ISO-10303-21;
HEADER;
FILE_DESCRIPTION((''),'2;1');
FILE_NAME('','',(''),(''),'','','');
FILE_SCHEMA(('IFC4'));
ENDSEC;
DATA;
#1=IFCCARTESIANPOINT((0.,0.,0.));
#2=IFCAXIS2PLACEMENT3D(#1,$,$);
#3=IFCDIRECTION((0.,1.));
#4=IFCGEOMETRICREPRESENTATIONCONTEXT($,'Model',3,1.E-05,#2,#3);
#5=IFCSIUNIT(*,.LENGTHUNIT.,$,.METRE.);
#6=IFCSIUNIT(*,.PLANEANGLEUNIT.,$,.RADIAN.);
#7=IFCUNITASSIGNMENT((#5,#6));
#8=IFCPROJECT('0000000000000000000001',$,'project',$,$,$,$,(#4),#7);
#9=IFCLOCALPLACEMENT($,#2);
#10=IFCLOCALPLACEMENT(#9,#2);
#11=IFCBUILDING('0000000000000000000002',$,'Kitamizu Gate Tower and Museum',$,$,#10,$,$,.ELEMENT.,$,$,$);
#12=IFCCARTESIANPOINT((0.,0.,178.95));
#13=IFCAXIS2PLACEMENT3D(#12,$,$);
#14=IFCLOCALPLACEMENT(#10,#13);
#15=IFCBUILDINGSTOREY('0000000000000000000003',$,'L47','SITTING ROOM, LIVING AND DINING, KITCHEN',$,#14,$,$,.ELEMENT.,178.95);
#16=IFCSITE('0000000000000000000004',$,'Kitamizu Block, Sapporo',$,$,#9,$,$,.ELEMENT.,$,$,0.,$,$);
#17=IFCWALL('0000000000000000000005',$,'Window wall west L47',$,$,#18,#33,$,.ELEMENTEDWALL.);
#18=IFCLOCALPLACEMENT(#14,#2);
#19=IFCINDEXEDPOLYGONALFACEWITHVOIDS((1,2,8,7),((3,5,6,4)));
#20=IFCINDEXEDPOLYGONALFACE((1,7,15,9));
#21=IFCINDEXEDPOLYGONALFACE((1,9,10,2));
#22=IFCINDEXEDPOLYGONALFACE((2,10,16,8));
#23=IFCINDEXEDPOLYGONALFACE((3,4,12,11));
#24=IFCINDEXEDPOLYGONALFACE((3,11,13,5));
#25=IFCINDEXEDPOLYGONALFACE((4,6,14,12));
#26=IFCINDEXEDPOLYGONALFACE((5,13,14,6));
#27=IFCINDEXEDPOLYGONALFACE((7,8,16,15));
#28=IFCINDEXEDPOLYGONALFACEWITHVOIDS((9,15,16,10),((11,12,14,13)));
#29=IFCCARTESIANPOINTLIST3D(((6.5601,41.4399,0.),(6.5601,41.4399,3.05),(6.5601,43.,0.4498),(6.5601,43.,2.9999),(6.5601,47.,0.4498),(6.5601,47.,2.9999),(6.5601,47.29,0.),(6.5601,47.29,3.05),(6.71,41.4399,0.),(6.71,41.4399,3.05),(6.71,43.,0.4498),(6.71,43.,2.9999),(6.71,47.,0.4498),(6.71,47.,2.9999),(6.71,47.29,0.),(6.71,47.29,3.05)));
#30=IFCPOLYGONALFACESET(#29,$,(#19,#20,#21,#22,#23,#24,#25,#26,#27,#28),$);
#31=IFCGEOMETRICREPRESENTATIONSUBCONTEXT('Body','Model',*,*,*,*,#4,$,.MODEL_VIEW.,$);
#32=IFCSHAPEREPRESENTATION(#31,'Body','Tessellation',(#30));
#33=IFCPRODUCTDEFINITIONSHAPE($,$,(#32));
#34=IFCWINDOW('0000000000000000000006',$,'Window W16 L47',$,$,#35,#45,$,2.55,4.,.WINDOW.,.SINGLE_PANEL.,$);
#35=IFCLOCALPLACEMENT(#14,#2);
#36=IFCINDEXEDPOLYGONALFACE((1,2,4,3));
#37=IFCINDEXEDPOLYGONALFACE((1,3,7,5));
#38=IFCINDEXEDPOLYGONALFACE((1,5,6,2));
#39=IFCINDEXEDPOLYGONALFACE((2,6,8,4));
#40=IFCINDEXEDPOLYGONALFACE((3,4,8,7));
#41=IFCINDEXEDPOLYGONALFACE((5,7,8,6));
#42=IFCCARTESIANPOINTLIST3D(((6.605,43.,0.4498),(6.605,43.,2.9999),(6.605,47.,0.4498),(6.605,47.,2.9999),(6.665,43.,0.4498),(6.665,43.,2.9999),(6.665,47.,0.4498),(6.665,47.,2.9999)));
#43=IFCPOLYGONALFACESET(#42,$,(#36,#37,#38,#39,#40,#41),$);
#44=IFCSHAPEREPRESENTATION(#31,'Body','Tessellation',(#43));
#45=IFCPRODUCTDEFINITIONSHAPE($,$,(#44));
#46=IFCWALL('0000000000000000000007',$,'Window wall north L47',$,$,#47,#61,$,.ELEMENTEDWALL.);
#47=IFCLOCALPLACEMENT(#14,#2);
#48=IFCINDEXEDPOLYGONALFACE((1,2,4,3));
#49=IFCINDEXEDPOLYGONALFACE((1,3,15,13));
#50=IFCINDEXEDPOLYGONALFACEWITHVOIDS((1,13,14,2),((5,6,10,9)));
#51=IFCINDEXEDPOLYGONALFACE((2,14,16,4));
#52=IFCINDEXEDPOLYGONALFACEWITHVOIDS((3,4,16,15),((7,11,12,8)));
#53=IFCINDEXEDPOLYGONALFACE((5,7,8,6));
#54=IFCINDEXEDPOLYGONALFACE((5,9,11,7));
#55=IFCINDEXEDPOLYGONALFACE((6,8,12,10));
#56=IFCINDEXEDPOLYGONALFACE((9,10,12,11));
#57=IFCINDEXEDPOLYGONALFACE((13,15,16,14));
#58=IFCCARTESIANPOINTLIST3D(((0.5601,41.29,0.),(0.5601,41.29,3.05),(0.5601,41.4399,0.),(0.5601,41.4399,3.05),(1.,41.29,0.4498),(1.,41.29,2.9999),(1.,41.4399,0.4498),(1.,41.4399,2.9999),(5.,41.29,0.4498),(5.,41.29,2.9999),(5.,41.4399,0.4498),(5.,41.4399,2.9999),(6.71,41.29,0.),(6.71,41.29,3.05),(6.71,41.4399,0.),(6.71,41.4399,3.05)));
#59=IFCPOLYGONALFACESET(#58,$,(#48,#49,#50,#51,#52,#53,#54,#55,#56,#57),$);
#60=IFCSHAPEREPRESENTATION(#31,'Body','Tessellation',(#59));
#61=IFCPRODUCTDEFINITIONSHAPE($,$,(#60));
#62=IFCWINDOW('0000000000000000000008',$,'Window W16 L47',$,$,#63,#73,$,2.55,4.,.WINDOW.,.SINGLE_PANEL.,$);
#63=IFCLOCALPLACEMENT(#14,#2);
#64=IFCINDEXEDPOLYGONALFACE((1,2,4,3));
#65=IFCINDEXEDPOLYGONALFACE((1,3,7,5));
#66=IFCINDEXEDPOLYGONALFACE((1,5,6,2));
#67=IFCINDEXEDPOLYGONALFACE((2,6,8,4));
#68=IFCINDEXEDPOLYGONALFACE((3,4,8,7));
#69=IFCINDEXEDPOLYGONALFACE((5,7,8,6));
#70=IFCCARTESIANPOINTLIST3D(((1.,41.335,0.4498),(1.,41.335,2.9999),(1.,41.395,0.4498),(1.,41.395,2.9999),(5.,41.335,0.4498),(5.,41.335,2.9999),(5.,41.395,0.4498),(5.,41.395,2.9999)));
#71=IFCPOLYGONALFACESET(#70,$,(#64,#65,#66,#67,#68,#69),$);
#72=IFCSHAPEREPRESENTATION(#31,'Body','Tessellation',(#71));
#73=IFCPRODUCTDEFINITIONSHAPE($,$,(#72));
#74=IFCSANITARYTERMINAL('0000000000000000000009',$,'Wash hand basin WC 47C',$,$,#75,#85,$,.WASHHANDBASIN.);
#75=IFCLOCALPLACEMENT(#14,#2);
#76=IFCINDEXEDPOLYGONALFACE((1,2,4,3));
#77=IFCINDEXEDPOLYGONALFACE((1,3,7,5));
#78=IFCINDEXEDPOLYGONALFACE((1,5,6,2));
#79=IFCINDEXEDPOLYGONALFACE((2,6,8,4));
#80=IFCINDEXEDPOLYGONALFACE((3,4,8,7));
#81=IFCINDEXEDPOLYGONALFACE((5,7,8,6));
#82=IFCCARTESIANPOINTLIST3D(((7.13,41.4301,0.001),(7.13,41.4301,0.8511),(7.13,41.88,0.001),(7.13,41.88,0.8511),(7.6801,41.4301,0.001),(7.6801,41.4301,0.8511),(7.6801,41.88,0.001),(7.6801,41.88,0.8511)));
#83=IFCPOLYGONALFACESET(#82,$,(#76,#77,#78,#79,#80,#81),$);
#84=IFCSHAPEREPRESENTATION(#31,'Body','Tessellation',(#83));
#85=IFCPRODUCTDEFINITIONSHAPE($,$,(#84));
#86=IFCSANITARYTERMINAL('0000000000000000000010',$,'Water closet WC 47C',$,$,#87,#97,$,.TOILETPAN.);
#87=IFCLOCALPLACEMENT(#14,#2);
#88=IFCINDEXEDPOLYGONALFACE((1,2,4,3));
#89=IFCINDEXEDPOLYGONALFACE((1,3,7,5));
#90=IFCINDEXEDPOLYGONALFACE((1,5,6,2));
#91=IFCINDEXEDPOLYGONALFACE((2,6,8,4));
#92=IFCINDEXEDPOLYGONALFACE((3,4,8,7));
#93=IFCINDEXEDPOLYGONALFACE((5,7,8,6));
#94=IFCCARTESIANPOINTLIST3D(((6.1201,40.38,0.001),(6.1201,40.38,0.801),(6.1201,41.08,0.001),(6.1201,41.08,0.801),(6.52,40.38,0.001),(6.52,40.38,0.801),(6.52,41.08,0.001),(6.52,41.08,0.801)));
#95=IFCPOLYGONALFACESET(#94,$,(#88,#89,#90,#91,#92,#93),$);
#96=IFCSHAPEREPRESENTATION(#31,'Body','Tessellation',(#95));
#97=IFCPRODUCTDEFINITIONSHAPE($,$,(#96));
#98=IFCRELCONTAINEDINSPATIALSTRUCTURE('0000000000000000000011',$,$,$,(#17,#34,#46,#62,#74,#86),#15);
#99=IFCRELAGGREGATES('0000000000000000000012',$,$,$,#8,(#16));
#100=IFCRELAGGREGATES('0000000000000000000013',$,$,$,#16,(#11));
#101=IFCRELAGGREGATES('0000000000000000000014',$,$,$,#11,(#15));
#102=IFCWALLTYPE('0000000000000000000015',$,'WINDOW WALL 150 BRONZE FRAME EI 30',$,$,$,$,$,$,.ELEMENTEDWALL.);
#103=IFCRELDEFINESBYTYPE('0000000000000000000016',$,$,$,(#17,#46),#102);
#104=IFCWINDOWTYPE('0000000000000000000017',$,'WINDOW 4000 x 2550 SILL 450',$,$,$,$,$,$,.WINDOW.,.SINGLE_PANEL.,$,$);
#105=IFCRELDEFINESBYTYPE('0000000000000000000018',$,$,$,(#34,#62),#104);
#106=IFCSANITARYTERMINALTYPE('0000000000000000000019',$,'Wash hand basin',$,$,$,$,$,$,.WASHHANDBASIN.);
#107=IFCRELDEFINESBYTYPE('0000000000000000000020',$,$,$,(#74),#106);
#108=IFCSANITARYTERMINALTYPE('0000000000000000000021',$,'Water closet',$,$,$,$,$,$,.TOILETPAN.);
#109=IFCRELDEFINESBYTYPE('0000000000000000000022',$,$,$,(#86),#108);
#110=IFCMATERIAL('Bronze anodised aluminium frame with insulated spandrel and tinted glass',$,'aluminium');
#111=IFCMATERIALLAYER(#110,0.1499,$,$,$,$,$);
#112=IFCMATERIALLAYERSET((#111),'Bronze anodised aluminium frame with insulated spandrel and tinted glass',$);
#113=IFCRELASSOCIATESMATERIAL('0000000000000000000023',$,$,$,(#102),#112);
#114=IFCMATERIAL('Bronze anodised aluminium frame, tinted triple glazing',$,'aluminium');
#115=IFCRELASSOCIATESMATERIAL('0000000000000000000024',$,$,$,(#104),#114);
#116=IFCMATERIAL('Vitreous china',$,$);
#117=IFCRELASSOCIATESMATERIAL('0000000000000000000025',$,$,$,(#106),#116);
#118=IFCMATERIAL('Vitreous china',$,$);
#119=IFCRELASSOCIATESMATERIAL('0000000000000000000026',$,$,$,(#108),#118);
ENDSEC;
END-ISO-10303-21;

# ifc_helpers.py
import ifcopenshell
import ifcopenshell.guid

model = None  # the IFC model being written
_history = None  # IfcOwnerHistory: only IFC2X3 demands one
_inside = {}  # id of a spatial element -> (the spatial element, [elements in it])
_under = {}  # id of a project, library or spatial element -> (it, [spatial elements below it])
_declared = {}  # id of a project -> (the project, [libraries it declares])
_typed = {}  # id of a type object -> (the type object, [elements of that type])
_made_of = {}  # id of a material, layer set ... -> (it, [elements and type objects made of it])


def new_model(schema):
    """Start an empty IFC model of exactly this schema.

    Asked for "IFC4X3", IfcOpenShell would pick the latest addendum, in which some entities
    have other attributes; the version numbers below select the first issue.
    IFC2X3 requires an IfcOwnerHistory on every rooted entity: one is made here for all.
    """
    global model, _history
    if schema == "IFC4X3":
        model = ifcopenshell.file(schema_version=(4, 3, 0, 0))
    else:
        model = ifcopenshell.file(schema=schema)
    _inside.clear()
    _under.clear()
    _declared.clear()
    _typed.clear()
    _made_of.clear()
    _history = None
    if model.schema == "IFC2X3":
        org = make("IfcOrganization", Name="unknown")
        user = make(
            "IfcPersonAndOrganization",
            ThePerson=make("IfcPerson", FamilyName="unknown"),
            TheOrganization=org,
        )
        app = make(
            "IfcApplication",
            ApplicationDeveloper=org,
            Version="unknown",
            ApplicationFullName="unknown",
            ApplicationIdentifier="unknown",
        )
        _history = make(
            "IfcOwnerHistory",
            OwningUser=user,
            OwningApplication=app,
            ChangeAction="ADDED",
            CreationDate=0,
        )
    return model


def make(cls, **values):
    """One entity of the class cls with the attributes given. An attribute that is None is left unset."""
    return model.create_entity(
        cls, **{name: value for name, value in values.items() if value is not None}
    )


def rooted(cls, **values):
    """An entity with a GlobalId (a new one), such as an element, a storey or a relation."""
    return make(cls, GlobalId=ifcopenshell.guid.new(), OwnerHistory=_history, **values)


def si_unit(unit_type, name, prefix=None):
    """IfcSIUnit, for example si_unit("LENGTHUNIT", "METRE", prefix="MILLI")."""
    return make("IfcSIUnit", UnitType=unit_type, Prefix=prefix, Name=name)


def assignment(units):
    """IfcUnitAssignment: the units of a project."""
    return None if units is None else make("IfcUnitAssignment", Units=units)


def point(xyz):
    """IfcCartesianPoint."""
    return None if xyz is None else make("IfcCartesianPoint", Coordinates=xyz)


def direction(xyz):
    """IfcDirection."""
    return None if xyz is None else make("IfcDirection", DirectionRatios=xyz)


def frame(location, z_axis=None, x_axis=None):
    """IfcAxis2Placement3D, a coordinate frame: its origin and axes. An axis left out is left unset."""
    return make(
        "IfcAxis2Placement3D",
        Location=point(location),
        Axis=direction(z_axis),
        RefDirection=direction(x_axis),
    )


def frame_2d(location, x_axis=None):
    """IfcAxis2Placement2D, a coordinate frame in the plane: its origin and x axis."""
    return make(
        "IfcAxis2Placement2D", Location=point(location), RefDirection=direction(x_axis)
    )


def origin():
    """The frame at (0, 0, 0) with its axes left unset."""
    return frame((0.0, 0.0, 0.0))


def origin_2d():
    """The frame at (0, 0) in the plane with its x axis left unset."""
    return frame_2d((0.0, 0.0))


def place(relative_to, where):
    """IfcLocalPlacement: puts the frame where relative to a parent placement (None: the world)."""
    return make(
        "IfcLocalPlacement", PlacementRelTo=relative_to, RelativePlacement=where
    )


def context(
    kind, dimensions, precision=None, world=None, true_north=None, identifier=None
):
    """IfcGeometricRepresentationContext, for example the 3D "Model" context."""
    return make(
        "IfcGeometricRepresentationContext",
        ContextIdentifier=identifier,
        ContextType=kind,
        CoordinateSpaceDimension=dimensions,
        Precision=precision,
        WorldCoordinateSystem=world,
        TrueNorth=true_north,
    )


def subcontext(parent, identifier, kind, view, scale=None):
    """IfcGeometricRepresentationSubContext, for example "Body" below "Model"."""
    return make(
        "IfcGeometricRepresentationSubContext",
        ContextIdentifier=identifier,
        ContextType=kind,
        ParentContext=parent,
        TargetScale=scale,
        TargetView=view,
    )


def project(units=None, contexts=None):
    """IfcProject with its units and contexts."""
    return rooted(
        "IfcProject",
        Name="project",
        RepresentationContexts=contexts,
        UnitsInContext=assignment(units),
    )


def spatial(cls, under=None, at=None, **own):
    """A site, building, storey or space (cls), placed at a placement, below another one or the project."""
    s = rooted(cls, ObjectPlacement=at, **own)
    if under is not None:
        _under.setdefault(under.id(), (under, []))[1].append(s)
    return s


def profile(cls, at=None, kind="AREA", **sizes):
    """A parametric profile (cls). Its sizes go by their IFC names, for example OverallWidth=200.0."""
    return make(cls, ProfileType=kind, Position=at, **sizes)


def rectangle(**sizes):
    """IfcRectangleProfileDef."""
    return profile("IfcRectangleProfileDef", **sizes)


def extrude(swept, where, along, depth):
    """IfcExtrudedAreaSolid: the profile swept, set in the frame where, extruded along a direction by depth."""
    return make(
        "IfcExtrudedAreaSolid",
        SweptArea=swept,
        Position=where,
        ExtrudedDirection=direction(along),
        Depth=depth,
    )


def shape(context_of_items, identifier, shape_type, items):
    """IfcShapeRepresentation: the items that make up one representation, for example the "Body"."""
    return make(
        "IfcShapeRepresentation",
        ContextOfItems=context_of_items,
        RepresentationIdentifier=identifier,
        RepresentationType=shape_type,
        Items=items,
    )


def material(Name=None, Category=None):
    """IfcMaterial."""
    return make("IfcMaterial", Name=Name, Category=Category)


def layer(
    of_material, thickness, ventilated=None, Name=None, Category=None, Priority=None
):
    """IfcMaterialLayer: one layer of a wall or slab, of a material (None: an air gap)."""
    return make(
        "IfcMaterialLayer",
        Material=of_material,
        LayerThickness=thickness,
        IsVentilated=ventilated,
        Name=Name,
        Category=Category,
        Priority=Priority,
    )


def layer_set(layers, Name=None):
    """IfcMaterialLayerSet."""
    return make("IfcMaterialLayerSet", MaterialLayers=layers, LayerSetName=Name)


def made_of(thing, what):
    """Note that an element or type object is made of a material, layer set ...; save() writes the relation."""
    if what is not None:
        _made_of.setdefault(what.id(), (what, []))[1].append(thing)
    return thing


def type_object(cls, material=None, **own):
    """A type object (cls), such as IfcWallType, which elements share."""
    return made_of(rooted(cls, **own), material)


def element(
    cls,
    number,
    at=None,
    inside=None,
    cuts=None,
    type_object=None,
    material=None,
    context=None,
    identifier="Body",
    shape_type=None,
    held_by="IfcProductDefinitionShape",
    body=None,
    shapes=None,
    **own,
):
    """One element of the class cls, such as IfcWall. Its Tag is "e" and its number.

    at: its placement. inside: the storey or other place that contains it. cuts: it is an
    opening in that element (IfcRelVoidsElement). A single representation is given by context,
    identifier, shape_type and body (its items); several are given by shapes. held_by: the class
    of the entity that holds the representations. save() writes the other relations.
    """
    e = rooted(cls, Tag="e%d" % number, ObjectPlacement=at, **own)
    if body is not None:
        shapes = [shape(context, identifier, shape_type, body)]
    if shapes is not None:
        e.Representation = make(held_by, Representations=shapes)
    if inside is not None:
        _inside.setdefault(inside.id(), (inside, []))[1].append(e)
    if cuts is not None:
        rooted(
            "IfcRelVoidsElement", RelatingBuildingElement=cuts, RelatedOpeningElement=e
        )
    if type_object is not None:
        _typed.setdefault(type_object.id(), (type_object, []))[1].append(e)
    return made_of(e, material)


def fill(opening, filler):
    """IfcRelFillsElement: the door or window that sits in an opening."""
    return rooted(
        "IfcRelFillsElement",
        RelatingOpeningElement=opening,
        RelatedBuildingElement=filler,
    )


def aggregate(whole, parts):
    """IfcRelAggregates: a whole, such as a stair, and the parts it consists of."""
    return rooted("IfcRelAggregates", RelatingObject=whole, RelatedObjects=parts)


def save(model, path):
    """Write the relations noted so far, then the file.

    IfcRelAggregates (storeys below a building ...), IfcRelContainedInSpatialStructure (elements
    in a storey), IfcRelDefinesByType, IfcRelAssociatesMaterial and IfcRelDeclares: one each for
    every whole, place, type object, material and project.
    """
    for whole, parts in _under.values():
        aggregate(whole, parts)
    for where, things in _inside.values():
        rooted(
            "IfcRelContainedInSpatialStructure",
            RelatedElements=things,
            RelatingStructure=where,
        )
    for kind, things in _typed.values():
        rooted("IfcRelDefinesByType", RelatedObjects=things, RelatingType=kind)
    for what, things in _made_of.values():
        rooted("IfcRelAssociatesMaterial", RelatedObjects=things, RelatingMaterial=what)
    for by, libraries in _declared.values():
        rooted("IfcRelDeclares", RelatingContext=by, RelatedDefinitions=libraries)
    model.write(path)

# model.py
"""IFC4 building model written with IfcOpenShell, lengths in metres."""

from ifc_helpers import new_model, si_unit, direction, frame, frame_2d, origin, origin_2d, place, context, subcontext, project, spatial, rectangle, extrude, material, layer, layer_set, type_object, element, fill, save


model = new_model("IFC4")

# Units and contexts
model_context = context("Model", 3, precision=1e-05, world=origin(), true_north=direction((0.0, 1.0)))
body_context = subcontext(model_context, "Body", "Model", "MODEL_VIEW")
ifc_project = project(units=[si_unit("LENGTHUNIT", "METRE"), si_unit("PLANEANGLEUNIT", "RADIAN")], contexts=[model_context])

# Site, building, storey
site_placement = place(None, origin())
site = spatial("IfcSite", under=ifc_project, at=site_placement, Name="Kitamizu Block, Sapporo", CompositionType="ELEMENT", RefElevation=0.0)
building_placement = place(site_placement, origin())
building = spatial("IfcBuilding", under=site, at=building_placement, Name="Kitamizu Gate Tower and Museum", CompositionType="ELEMENT")
storey_placement = place(building_placement, frame((0.0, 0.0, 178.95)))
storey = spatial("IfcBuildingStorey", under=building, at=storey_placement, Name="L47", Description="SITTING ROOM, LIVING AND DINING, KITCHEN", CompositionType="ELEMENT", Elevation=178.95)

# Shared definitions
ifc_material_1 = material(Name="Bronze anodised aluminium frame with insulated spandrel and tinted glass", Category="aluminium")
ifc_layer_1 = layer(ifc_material_1, 0.1499)
ifc_layer_set_1 = layer_set([ifc_layer_1], Name="Bronze anodised aluminium frame with insulated spandrel and tinted glass")
wall_type_1 = type_object("IfcWallType", Name="WINDOW WALL 150 BRONZE FRAME EI 30", PredefinedType="ELEMENTEDWALL", material=ifc_layer_set_1)

# Walls, openings, windows
wall_1_placement = place(storey_placement, frame((6.635, 41.4399, 0.0), z_axis=(0.0, 0.0, 1.0), x_axis=(0.0, 1.0, 0.0)))
wall_1 = element("IfcWall", 1, at=wall_1_placement, inside=storey, type_object=wall_type_1, Name="Window wall west L47", PredefinedType="ELEMENTEDWALL", context=body_context, shape_type="SweptSolid", body=[
    extrude(rectangle(XDim=5.8501, YDim=0.1499, at=frame_2d((2.925, 0.0))), origin(), (0.0, 0.0, 1.0), 3.05),
])
opening_1_placement = place(wall_1_placement, frame((1.5601, 0.0, 0.45)))
opening_1 = element("IfcOpeningElement", 2, at=opening_1_placement, cuts=wall_1, PredefinedType="OPENING", context=body_context, shape_type="SweptSolid", body=[
    extrude(rectangle(XDim=4.0, YDim=2.55, at=frame_2d((2.0, 1.2749))), frame((0.0, 0.085, 0.0), z_axis=(0.0, -1.0, 0.0), x_axis=(1.0, 0.0, 0.0)), (0.0, 0.0, 1.0), 0.1699),
])
ifc_material_2 = material(Name="Bronze anodised aluminium frame, tinted triple glazing", Category="aluminium")
window_type_1 = type_object("IfcWindowType", Name="WINDOW 4000 x 2550 SILL 450", PartitioningType="SINGLE_PANEL", PredefinedType="WINDOW", material=ifc_material_2)
window_1_placement = place(opening_1_placement, origin())
window_1 = element("IfcWindow", 3, at=window_1_placement, inside=storey, type_object=window_type_1, Name="Window W16 L47", OverallHeight=2.55, OverallWidth=4.0, PartitioningType="SINGLE_PANEL", PredefinedType="WINDOW", context=body_context, shape_type="SweptSolid", body=[
    extrude(rectangle(XDim=4.0, YDim=2.55, at=frame_2d((2.0, 1.2749))), frame((0.0, 0.03, 0.0), z_axis=(0.0, -1.0, 0.0), x_axis=(1.0, 0.0, 0.0)), (0.0, 0.0, 1.0), 0.0601),
])
fill(opening_1, window_1)
wall_2_placement = place(storey_placement, frame((0.5601, 41.365, 0.0), z_axis=(0.0, 0.0, 1.0), x_axis=(1.0, 0.0, 0.0)))
wall_2 = element("IfcWall", 4, at=wall_2_placement, inside=storey, type_object=wall_type_1, Name="Window wall north L47", PredefinedType="ELEMENTEDWALL", context=body_context, shape_type="SweptSolid", body=[
    extrude(rectangle(XDim=6.1499, YDim=0.1499, at=frame_2d((3.075, 0.0))), origin(), (0.0, 0.0, 1.0), 3.05),
])
opening_2_placement = place(wall_2_placement, frame((0.4399, 0.0, 0.45)))
opening_2 = element("IfcOpeningElement", 5, at=opening_2_placement, cuts=wall_2, PredefinedType="OPENING", context=body_context, shape_type="SweptSolid", body=[
    extrude(rectangle(XDim=4.0, YDim=2.55, at=frame_2d((2.0, 1.2749))), frame((0.0, 0.085, 0.0), z_axis=(0.0, -1.0, 0.0), x_axis=(1.0, 0.0, 0.0)), (0.0, 0.0, 1.0), 0.1699),
])
window_2_placement = place(opening_2_placement, origin())
window_2 = element("IfcWindow", 6, at=window_2_placement, inside=storey, type_object=window_type_1, Name="Window W16 L47", OverallHeight=2.55, OverallWidth=4.0, PartitioningType="SINGLE_PANEL", PredefinedType="WINDOW", context=body_context, shape_type="SweptSolid", body=[
    extrude(rectangle(XDim=4.0, YDim=2.55, at=frame_2d((2.0, 1.2749))), frame((0.0, 0.03, 0.0), z_axis=(0.0, -1.0, 0.0), x_axis=(1.0, 0.0, 0.0)), (0.0, 0.0, 1.0), 0.0601),
])
fill(opening_2, window_2)

# Sanitary terminals
ifc_material_3 = material(Name="Vitreous china")
sanitary_terminal_type_1 = type_object("IfcSanitaryTerminalType", Name="Wash hand basin", PredefinedType="WASHHANDBASIN", material=ifc_material_3)
sanitary_terminal_1_placement = place(storey_placement, frame((7.405, 41.655, 0.001), z_axis=(0.0, 0.0, 1.0), x_axis=(1.0, 0.0, 0.0)))
element("IfcSanitaryTerminal", 7, at=sanitary_terminal_1_placement, inside=storey, type_object=sanitary_terminal_type_1, Name="Wash hand basin WC 47C", PredefinedType="WASHHANDBASIN", context=body_context, shape_type="SweptSolid", body=[
    extrude(rectangle(XDim=0.55, YDim=0.45, at=origin_2d()), origin(), (0.0, 0.0, 1.0), 0.8501),
])
ifc_material_4 = material(Name="Vitreous china")
sanitary_terminal_type_2 = type_object("IfcSanitaryTerminalType", Name="Water closet", PredefinedType="TOILETPAN", material=ifc_material_4)
sanitary_terminal_2_placement = place(storey_placement, frame((6.3201, 40.73, 0.001), z_axis=(0.0, 0.0, 1.0), x_axis=(1.0, 0.0, 0.0)))
element("IfcSanitaryTerminal", 8, at=sanitary_terminal_2_placement, inside=storey, type_object=sanitary_terminal_type_2, Name="Water closet WC 47C", PredefinedType="TOILETPAN", context=body_context, shape_type="SweptSolid", body=[
    extrude(rectangle(XDim=0.3999, YDim=0.7, at=origin_2d()), origin(), (0.0, 0.0, 1.0), 0.8),
])

save(model, "model.ifc")
